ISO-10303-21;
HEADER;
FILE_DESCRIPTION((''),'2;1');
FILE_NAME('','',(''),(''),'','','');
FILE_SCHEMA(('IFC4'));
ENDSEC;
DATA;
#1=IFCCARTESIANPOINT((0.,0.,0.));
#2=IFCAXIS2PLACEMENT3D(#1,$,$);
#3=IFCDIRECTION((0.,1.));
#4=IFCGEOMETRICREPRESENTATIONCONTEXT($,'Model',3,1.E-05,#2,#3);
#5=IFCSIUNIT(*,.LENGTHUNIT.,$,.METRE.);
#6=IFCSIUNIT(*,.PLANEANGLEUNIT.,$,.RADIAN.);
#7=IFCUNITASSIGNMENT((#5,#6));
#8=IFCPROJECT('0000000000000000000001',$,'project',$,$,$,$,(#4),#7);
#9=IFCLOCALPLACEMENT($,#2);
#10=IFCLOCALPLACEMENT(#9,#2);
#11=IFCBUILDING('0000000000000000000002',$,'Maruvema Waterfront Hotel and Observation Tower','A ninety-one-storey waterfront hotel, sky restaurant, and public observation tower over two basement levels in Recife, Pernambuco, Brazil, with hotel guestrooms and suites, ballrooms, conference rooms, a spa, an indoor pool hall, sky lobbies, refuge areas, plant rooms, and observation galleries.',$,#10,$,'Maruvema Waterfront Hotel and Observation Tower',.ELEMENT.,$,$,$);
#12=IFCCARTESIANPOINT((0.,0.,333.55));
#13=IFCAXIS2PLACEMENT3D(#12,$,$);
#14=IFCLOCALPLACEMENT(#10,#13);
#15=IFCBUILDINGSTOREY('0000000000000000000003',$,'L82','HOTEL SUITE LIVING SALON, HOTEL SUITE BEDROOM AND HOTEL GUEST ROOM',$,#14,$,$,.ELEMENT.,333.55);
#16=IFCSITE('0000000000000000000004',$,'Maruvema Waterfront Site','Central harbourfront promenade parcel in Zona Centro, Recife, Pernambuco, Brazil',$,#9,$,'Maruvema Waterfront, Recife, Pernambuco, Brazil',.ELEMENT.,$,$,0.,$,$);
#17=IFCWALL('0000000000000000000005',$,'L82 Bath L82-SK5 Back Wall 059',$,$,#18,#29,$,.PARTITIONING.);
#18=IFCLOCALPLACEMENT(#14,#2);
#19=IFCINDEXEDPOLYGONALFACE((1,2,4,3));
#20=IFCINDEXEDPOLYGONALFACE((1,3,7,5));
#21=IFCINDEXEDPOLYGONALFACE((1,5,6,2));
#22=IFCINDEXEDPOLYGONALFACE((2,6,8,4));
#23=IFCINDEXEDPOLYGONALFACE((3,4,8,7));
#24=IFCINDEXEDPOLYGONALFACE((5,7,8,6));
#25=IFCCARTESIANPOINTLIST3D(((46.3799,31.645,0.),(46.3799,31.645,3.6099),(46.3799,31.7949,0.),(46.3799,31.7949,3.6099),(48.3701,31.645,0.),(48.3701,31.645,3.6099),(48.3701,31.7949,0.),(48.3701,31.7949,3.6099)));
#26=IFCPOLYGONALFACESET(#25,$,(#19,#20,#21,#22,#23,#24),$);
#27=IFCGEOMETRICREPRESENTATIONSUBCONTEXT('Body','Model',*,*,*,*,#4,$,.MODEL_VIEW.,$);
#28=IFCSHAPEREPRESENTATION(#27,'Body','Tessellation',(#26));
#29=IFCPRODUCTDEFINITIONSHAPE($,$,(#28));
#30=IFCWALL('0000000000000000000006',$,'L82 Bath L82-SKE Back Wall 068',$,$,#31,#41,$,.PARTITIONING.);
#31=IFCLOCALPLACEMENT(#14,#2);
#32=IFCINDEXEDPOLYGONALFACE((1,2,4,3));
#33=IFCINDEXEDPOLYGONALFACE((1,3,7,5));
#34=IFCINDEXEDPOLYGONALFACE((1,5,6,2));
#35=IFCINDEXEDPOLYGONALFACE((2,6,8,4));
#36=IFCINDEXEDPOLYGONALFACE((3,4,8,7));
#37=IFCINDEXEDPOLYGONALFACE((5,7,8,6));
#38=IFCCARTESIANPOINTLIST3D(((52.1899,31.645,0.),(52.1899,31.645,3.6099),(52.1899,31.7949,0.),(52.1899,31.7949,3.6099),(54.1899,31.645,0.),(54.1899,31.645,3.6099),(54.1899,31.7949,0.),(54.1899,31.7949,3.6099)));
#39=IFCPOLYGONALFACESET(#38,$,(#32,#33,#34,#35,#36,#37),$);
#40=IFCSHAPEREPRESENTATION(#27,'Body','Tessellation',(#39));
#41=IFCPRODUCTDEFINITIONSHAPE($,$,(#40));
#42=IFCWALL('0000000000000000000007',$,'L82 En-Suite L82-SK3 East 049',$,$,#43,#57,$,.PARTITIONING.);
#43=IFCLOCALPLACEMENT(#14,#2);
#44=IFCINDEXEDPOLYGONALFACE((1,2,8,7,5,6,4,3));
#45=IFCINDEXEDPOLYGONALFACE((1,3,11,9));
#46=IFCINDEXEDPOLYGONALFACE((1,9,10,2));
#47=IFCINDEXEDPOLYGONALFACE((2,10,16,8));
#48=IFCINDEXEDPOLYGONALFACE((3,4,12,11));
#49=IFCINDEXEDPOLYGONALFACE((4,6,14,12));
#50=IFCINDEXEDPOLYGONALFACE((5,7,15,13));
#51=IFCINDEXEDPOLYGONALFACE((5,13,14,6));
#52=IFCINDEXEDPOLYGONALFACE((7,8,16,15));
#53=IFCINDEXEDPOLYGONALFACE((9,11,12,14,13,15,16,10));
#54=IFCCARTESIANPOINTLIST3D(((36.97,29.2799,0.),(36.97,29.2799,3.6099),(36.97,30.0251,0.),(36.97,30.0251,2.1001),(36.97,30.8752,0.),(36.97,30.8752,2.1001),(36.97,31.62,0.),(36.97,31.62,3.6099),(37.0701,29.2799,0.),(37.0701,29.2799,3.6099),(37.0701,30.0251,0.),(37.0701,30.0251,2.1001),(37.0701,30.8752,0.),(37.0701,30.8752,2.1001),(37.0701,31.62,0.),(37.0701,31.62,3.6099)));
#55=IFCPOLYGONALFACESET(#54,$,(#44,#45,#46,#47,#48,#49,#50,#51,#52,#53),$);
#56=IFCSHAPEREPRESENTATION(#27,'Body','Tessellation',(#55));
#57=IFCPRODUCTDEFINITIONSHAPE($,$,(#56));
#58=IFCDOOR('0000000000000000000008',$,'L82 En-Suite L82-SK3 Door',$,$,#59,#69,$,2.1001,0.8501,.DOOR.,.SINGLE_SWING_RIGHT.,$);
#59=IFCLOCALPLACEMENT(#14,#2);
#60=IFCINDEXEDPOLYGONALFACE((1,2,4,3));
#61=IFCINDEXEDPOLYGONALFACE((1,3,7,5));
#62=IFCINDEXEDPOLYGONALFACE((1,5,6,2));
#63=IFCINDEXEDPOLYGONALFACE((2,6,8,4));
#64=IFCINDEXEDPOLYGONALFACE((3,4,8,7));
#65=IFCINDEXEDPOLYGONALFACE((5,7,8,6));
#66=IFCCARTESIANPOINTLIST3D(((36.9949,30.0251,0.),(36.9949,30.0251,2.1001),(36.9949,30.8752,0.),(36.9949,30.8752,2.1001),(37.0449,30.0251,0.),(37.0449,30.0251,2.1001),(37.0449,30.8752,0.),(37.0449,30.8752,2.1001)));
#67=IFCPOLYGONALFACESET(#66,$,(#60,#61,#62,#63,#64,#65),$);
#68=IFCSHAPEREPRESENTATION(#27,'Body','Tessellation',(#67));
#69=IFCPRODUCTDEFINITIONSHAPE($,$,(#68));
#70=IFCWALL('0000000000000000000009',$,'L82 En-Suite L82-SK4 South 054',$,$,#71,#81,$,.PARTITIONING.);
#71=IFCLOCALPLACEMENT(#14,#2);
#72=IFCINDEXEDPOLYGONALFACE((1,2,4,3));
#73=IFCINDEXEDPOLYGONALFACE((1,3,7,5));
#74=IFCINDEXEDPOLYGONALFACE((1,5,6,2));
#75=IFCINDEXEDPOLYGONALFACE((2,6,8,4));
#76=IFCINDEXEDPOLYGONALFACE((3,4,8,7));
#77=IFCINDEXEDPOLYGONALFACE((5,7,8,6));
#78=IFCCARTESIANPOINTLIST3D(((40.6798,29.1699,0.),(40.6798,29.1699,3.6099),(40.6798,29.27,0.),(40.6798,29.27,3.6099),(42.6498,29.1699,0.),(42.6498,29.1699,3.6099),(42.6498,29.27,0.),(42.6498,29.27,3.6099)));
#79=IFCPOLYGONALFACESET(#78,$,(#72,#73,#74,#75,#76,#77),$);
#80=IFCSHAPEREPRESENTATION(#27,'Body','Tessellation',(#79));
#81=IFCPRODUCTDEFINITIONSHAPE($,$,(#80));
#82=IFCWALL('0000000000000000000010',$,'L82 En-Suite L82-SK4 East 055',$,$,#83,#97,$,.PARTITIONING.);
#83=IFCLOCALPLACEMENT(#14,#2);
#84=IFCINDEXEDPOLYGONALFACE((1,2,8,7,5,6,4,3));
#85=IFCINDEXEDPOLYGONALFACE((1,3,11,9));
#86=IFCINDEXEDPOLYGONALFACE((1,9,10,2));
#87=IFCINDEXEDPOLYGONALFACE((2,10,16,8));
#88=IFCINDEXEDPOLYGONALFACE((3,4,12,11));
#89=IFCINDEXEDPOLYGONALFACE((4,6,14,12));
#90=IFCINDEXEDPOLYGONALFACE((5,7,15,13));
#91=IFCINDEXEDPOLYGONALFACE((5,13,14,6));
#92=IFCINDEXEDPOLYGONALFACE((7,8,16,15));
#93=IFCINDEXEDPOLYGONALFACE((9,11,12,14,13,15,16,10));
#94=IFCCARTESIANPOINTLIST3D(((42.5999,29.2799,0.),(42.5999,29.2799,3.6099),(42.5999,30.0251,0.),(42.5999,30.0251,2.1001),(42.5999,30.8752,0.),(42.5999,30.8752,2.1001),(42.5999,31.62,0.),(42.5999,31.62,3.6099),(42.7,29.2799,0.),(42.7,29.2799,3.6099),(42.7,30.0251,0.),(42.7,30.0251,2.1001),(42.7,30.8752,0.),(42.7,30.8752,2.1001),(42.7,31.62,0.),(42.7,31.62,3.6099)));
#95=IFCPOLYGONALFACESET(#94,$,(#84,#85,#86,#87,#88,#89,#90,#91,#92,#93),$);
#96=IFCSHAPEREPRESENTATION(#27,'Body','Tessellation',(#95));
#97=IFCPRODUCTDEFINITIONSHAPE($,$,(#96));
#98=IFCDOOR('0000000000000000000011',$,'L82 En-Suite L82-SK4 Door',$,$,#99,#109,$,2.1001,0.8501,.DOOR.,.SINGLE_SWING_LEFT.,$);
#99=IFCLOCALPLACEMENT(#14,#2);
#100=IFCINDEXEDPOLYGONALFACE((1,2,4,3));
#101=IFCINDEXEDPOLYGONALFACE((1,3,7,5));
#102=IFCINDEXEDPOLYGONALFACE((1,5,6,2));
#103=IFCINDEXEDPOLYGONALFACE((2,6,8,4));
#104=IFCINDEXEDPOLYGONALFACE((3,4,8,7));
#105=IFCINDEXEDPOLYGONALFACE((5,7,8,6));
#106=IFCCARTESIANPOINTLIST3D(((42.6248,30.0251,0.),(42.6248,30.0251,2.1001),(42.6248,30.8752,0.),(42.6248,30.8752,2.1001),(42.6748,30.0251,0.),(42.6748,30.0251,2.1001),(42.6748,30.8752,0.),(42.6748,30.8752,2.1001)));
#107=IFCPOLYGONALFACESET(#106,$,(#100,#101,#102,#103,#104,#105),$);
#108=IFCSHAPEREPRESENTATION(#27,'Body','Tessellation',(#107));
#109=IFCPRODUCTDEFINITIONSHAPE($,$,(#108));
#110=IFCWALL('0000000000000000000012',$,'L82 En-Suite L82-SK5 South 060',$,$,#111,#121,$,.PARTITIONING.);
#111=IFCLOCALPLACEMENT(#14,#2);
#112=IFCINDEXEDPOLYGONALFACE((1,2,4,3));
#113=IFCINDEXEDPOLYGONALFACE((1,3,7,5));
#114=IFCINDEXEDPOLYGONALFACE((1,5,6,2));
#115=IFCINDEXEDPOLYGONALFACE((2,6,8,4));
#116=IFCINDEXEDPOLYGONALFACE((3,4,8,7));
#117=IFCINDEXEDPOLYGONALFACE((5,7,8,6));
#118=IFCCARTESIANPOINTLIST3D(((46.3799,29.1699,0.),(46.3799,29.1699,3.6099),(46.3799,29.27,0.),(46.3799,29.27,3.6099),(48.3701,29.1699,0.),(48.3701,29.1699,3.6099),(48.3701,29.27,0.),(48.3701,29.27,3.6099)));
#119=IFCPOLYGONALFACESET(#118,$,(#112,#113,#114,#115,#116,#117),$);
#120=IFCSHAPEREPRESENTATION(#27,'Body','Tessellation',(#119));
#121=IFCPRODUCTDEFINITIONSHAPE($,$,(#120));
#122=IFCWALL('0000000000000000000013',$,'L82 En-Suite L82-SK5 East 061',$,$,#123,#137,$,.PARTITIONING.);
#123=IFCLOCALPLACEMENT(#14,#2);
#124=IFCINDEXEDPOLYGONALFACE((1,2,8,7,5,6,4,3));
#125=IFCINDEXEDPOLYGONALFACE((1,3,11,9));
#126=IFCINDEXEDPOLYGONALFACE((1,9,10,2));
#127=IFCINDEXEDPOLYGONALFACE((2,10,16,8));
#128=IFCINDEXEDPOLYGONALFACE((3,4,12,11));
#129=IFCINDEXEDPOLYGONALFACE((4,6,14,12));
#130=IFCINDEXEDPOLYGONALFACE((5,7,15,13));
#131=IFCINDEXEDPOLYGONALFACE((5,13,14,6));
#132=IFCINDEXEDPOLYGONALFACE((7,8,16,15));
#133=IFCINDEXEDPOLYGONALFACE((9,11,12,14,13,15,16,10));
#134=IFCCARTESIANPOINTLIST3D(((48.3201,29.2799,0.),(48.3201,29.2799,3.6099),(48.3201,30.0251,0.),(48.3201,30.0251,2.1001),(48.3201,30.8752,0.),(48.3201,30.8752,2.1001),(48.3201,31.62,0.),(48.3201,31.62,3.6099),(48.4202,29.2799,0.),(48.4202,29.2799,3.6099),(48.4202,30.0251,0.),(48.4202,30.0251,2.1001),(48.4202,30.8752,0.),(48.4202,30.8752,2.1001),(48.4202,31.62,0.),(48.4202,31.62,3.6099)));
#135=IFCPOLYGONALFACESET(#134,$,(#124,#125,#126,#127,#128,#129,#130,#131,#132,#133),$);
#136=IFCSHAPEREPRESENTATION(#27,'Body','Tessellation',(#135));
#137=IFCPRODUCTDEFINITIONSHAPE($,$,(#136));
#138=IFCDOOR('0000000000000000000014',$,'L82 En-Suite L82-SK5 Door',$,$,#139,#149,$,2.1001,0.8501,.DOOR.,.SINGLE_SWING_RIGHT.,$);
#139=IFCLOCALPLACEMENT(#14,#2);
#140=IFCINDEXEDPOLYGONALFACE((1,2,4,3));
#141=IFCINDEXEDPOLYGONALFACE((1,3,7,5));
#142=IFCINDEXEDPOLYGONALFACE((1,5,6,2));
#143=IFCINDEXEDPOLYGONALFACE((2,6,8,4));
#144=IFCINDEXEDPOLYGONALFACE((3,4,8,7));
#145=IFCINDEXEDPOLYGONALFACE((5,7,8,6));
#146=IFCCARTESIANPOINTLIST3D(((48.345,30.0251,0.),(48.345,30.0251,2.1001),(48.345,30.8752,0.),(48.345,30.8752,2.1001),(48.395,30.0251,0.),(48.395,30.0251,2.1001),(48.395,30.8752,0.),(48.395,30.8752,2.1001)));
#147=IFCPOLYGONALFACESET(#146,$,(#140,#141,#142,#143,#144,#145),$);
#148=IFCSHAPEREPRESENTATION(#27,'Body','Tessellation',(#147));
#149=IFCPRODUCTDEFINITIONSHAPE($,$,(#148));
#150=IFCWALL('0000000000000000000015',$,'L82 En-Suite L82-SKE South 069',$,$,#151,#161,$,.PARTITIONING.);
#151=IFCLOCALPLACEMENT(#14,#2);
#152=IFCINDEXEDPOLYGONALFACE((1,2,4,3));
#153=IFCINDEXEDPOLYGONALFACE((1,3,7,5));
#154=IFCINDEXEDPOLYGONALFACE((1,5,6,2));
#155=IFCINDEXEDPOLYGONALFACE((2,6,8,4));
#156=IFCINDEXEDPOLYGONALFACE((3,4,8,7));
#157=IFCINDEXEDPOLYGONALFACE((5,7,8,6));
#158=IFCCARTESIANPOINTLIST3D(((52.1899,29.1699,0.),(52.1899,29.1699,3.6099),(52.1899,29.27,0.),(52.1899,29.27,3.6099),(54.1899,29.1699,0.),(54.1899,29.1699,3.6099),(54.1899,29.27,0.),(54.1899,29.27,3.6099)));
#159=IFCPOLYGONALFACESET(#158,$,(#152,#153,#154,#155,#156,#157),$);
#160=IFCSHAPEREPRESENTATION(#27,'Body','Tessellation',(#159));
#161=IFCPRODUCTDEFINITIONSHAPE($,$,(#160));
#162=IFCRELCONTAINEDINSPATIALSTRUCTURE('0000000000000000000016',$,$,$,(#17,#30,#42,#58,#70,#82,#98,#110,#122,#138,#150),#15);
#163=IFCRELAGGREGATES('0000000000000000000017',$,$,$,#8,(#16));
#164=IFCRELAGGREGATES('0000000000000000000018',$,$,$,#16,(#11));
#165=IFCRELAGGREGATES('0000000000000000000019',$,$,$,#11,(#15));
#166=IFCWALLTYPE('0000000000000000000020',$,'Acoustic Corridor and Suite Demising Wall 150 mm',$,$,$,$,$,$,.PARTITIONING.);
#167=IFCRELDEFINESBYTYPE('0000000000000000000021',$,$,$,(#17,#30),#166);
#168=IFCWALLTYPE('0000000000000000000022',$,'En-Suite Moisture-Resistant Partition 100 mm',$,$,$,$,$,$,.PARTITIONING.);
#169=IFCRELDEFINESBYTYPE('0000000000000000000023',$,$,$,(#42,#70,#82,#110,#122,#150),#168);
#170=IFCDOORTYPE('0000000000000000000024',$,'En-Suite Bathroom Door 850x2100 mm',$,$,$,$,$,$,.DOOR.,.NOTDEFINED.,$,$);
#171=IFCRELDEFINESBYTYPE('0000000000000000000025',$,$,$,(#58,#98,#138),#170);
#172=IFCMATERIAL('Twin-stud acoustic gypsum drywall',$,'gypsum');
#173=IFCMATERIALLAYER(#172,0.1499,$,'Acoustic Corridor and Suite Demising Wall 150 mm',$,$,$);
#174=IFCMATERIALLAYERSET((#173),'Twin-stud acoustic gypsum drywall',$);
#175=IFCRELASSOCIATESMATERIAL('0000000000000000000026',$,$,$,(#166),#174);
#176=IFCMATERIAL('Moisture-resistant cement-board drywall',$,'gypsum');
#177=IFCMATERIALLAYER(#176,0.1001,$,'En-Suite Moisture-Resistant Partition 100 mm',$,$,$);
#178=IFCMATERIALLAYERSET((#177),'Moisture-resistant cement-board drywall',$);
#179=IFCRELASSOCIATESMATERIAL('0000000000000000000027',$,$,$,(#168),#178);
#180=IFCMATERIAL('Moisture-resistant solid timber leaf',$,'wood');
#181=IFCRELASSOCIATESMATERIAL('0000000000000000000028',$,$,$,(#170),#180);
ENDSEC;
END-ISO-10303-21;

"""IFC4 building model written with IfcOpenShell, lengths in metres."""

from ifc_helpers import new_model, si_unit, direction, frame, frame_2d, origin, place, context, subcontext, project, spatial, rectangle, extrude, material, layer, layer_set, type_object, element, fill, save


model = new_model("IFC4")

# Units and contexts
model_context = context("Model", 3, precision=1e-05, world=origin(), true_north=direction((0.0, 1.0)))
body_context = subcontext(model_context, "Body", "Model", "MODEL_VIEW")
ifc_project = project(units=[si_unit("LENGTHUNIT", "METRE"), si_unit("PLANEANGLEUNIT", "RADIAN")], contexts=[model_context])

# Site, building, storey
site_placement = place(None, origin())
site = spatial("IfcSite", under=ifc_project, at=site_placement, Name="Maruvema Waterfront Site", Description="Central harbourfront promenade parcel in Zona Centro, Recife, Pernambuco, Brazil", LongName="Maruvema Waterfront, Recife, Pernambuco, Brazil", CompositionType="ELEMENT", RefElevation=0.0)
building_placement = place(site_placement, origin())
building = spatial("IfcBuilding", under=site, at=building_placement, Name="Maruvema Waterfront Hotel and Observation Tower", Description="A ninety-one-storey waterfront hotel, sky restaurant, and public observation tower over two basement levels in Recife, Pernambuco, Brazil, with hotel guestrooms and suites, ballrooms, conference rooms, a spa, an indoor pool hall, sky lobbies, refuge areas, plant rooms, and observation galleries.", LongName="Maruvema Waterfront Hotel and Observation Tower", CompositionType="ELEMENT")
storey_placement = place(building_placement, frame((0.0, 0.0, 333.55)))
storey = spatial("IfcBuildingStorey", under=building, at=storey_placement, Name="L82", Description="HOTEL SUITE LIVING SALON, HOTEL SUITE BEDROOM AND HOTEL GUEST ROOM", CompositionType="ELEMENT", Elevation=333.55)

# Shared definitions
ifc_material_1 = material(Name="Twin-stud acoustic gypsum drywall", Category="gypsum")
ifc_layer_1 = layer(ifc_material_1, 0.1499, Name="Acoustic Corridor and Suite Demising Wall 150 mm")
ifc_layer_set_1 = layer_set([ifc_layer_1], Name="Twin-stud acoustic gypsum drywall")
wall_type_1 = type_object("IfcWallType", Name="Acoustic Corridor and Suite Demising Wall 150 mm", PredefinedType="PARTITIONING", material=ifc_layer_set_1)

# Wall
wall_1_placement = place(storey_placement, frame((46.3799, 31.72, 0.0), z_axis=(0.0, 0.0, 1.0), x_axis=(1.0, 0.0, 0.0)))
element("IfcWall", 1, at=wall_1_placement, inside=storey, type_object=wall_type_1, Name="L82 Bath L82-SK5 Back Wall 059", PredefinedType="PARTITIONING", context=body_context, shape_type="SweptSolid", body=[
    extrude(rectangle(XDim=1.9902, YDim=0.1499, at=frame_2d((0.9951, 0.0))), origin(), (0.0, 0.0, 1.0), 3.6099),
])

# Wall
wall_2_placement = place(storey_placement, frame((52.1899, 31.72, 0.0), z_axis=(0.0, 0.0, 1.0), x_axis=(1.0, 0.0, 0.0)))
element("IfcWall", 2, at=wall_2_placement, inside=storey, type_object=wall_type_1, Name="L82 Bath L82-SKE Back Wall 068", PredefinedType="PARTITIONING", context=body_context, shape_type="SweptSolid", body=[
    extrude(rectangle(XDim=2.0, YDim=0.1499, at=frame_2d((1.0, 0.0))), origin(), (0.0, 0.0, 1.0), 3.6099),
])

# Wall, opening, door
ifc_material_2 = material(Name="Moisture-resistant cement-board drywall", Category="gypsum")
ifc_layer_2 = layer(ifc_material_2, 0.1001, Name="En-Suite Moisture-Resistant Partition 100 mm")
ifc_layer_set_2 = layer_set([ifc_layer_2], Name="Moisture-resistant cement-board drywall")
wall_type_2 = type_object("IfcWallType", Name="En-Suite Moisture-Resistant Partition 100 mm", PredefinedType="PARTITIONING", material=ifc_layer_set_2)
wall_3_placement = place(storey_placement, frame((37.02, 29.28, 0.0), z_axis=(0.0, 0.0, 1.0), x_axis=(0.0, 1.0, 0.0)))
wall_3 = element("IfcWall", 3, at=wall_3_placement, inside=storey, type_object=wall_type_2, Name="L82 En-Suite L82-SK3 East 049", PredefinedType="PARTITIONING", context=body_context, shape_type="SweptSolid", body=[
    extrude(rectangle(XDim=2.3401, YDim=0.1001, at=frame_2d((1.1699, 0.0))), origin(), (0.0, 0.0, 1.0), 3.6099),
])
opening_1_placement = place(wall_3_placement, frame((0.7451, 0.0, 0.0)))
opening_1 = element("IfcOpeningElement", 4, at=opening_1_placement, cuts=wall_3, PredefinedType="OPENING", context=body_context, shape_type="SweptSolid", body=[
    extrude(rectangle(XDim=0.8501, YDim=2.1001, at=frame_2d((0.425, 1.05))), frame((0.0, 0.0601, 0.0), z_axis=(0.0, -1.0, 0.0), x_axis=(1.0, 0.0, 0.0)), (0.0, 0.0, 1.0), 0.1201),
])
ifc_material_3 = material(Name="Moisture-resistant solid timber leaf", Category="wood")
door_type_1 = type_object("IfcDoorType", Name="En-Suite Bathroom Door 850x2100 mm", OperationType="NOTDEFINED", PredefinedType="DOOR", material=ifc_material_3)
door_1_placement = place(opening_1_placement, frame((0.8501, 0.0, 0.0), z_axis=(0.0, 0.0, 1.0), x_axis=(-1.0, 0.0, 0.0)))
door_1 = element("IfcDoor", 5, at=door_1_placement, inside=storey, type_object=door_type_1, Name="L82 En-Suite L82-SK3 Door", OperationType="SINGLE_SWING_RIGHT", OverallHeight=2.1001, OverallWidth=0.8501, PredefinedType="DOOR", context=body_context, shape_type="SweptSolid", body=[
    extrude(rectangle(XDim=0.8501, YDim=2.1001, at=frame_2d((0.425, 1.05))), frame((0.0, 0.0249, 0.0), z_axis=(0.0, -1.0, 0.0), x_axis=(1.0, 0.0, 0.0)), (0.0, 0.0, 1.0), 0.05),
])
fill(opening_1, door_1)

# Wall
wall_4_placement = place(storey_placement, frame((40.6799, 29.22, 0.0), z_axis=(0.0, 0.0, 1.0), x_axis=(1.0, 0.0, 0.0)))
element("IfcWall", 6, at=wall_4_placement, inside=storey, type_object=wall_type_2, Name="L82 En-Suite L82-SK4 South 054", PredefinedType="PARTITIONING", context=body_context, shape_type="SweptSolid", body=[
    extrude(rectangle(XDim=1.97, YDim=0.1001, at=frame_2d((0.9849, 0.0))), origin(), (0.0, 0.0, 1.0), 3.6099),
])

# Wall, opening, door
wall_5_placement = place(storey_placement, frame((42.6499, 29.28, 0.0), z_axis=(0.0, 0.0, 1.0), x_axis=(0.0, 1.0, 0.0)))
wall_5 = element("IfcWall", 7, at=wall_5_placement, inside=storey, type_object=wall_type_2, Name="L82 En-Suite L82-SK4 East 055", PredefinedType="PARTITIONING", context=body_context, shape_type="SweptSolid", body=[
    extrude(rectangle(XDim=2.3401, YDim=0.1001, at=frame_2d((1.1699, 0.0))), origin(), (0.0, 0.0, 1.0), 3.6099),
])
opening_2_placement = place(wall_5_placement, frame((0.7451, 0.0, 0.0)))
opening_2 = element("IfcOpeningElement", 8, at=opening_2_placement, cuts=wall_5, PredefinedType="OPENING", context=body_context, shape_type="SweptSolid", body=[
    extrude(rectangle(XDim=0.8501, YDim=2.1001, at=frame_2d((0.425, 1.05))), frame((0.0, 0.0601, 0.0), z_axis=(0.0, -1.0, 0.0), x_axis=(1.0, 0.0, 0.0)), (0.0, 0.0, 1.0), 0.1201),
])
door_2_placement = place(opening_2_placement, frame((0.8501, 0.0, 0.0), z_axis=(0.0, 0.0, 1.0), x_axis=(-1.0, 0.0, 0.0)))
door_2 = element("IfcDoor", 9, at=door_2_placement, inside=storey, type_object=door_type_1, Name="L82 En-Suite L82-SK4 Door", OperationType="SINGLE_SWING_LEFT", OverallHeight=2.1001, OverallWidth=0.8501, PredefinedType="DOOR", context=body_context, shape_type="SweptSolid", body=[
    extrude(rectangle(XDim=0.8501, YDim=2.1001, at=frame_2d((0.425, 1.05))), frame((0.0, 0.0249, 0.0), z_axis=(0.0, -1.0, 0.0), x_axis=(1.0, 0.0, 0.0)), (0.0, 0.0, 1.0), 0.05),
])
fill(opening_2, door_2)

# Wall
wall_6_placement = place(storey_placement, frame((46.3799, 29.22, 0.0), z_axis=(0.0, 0.0, 1.0), x_axis=(1.0, 0.0, 0.0)))
element("IfcWall", 10, at=wall_6_placement, inside=storey, type_object=wall_type_2, Name="L82 En-Suite L82-SK5 South 060", PredefinedType="PARTITIONING", context=body_context, shape_type="SweptSolid", body=[
    extrude(rectangle(XDim=1.9902, YDim=0.1001, at=frame_2d((0.9951, 0.0))), origin(), (0.0, 0.0, 1.0), 3.6099),
])

# Wall, opening, door
wall_7_placement = place(storey_placement, frame((48.3701, 29.28, 0.0), z_axis=(0.0, 0.0, 1.0), x_axis=(0.0, 1.0, 0.0)))
wall_7 = element("IfcWall", 11, at=wall_7_placement, inside=storey, type_object=wall_type_2, Name="L82 En-Suite L82-SK5 East 061", PredefinedType="PARTITIONING", context=body_context, shape_type="SweptSolid", body=[
    extrude(rectangle(XDim=2.3401, YDim=0.1001, at=frame_2d((1.1699, 0.0))), origin(), (0.0, 0.0, 1.0), 3.6099),
])
opening_3_placement = place(wall_7_placement, frame((0.7451, 0.0, 0.0)))
opening_3 = element("IfcOpeningElement", 12, at=opening_3_placement, cuts=wall_7, PredefinedType="OPENING", context=body_context, shape_type="SweptSolid", body=[
    extrude(rectangle(XDim=0.8501, YDim=2.1001, at=frame_2d((0.425, 1.05))), frame((0.0, 0.0601, 0.0), z_axis=(0.0, -1.0, 0.0), x_axis=(1.0, 0.0, 0.0)), (0.0, 0.0, 1.0), 0.1201),
])
door_3_placement = place(opening_3_placement, frame((0.8501, 0.0, 0.0), z_axis=(0.0, 0.0, 1.0), x_axis=(-1.0, 0.0, 0.0)))
door_3 = element("IfcDoor", 13, at=door_3_placement, inside=storey, type_object=door_type_1, Name="L82 En-Suite L82-SK5 Door", OperationType="SINGLE_SWING_RIGHT", OverallHeight=2.1001, OverallWidth=0.8501, PredefinedType="DOOR", context=body_context, shape_type="SweptSolid", body=[
    extrude(rectangle(XDim=0.8501, YDim=2.1001, at=frame_2d((0.425, 1.05))), frame((0.0, 0.0249, 0.0), z_axis=(0.0, -1.0, 0.0), x_axis=(1.0, 0.0, 0.0)), (0.0, 0.0, 1.0), 0.05),
])
fill(opening_3, door_3)

# Wall
wall_8_placement = place(storey_placement, frame((52.1899, 29.22, 0.0), z_axis=(0.0, 0.0, 1.0), x_axis=(1.0, 0.0, 0.0)))
element("IfcWall", 14, at=wall_8_placement, inside=storey, type_object=wall_type_2, Name="L82 En-Suite L82-SKE South 069", PredefinedType="PARTITIONING", context=body_context, shape_type="SweptSolid", body=[
    extrude(rectangle(XDim=2.0, YDim=0.1001, at=frame_2d((1.0, 0.0))), origin(), (0.0, 0.0, 1.0), 3.6099),
])

save(model, "model.ifc")
